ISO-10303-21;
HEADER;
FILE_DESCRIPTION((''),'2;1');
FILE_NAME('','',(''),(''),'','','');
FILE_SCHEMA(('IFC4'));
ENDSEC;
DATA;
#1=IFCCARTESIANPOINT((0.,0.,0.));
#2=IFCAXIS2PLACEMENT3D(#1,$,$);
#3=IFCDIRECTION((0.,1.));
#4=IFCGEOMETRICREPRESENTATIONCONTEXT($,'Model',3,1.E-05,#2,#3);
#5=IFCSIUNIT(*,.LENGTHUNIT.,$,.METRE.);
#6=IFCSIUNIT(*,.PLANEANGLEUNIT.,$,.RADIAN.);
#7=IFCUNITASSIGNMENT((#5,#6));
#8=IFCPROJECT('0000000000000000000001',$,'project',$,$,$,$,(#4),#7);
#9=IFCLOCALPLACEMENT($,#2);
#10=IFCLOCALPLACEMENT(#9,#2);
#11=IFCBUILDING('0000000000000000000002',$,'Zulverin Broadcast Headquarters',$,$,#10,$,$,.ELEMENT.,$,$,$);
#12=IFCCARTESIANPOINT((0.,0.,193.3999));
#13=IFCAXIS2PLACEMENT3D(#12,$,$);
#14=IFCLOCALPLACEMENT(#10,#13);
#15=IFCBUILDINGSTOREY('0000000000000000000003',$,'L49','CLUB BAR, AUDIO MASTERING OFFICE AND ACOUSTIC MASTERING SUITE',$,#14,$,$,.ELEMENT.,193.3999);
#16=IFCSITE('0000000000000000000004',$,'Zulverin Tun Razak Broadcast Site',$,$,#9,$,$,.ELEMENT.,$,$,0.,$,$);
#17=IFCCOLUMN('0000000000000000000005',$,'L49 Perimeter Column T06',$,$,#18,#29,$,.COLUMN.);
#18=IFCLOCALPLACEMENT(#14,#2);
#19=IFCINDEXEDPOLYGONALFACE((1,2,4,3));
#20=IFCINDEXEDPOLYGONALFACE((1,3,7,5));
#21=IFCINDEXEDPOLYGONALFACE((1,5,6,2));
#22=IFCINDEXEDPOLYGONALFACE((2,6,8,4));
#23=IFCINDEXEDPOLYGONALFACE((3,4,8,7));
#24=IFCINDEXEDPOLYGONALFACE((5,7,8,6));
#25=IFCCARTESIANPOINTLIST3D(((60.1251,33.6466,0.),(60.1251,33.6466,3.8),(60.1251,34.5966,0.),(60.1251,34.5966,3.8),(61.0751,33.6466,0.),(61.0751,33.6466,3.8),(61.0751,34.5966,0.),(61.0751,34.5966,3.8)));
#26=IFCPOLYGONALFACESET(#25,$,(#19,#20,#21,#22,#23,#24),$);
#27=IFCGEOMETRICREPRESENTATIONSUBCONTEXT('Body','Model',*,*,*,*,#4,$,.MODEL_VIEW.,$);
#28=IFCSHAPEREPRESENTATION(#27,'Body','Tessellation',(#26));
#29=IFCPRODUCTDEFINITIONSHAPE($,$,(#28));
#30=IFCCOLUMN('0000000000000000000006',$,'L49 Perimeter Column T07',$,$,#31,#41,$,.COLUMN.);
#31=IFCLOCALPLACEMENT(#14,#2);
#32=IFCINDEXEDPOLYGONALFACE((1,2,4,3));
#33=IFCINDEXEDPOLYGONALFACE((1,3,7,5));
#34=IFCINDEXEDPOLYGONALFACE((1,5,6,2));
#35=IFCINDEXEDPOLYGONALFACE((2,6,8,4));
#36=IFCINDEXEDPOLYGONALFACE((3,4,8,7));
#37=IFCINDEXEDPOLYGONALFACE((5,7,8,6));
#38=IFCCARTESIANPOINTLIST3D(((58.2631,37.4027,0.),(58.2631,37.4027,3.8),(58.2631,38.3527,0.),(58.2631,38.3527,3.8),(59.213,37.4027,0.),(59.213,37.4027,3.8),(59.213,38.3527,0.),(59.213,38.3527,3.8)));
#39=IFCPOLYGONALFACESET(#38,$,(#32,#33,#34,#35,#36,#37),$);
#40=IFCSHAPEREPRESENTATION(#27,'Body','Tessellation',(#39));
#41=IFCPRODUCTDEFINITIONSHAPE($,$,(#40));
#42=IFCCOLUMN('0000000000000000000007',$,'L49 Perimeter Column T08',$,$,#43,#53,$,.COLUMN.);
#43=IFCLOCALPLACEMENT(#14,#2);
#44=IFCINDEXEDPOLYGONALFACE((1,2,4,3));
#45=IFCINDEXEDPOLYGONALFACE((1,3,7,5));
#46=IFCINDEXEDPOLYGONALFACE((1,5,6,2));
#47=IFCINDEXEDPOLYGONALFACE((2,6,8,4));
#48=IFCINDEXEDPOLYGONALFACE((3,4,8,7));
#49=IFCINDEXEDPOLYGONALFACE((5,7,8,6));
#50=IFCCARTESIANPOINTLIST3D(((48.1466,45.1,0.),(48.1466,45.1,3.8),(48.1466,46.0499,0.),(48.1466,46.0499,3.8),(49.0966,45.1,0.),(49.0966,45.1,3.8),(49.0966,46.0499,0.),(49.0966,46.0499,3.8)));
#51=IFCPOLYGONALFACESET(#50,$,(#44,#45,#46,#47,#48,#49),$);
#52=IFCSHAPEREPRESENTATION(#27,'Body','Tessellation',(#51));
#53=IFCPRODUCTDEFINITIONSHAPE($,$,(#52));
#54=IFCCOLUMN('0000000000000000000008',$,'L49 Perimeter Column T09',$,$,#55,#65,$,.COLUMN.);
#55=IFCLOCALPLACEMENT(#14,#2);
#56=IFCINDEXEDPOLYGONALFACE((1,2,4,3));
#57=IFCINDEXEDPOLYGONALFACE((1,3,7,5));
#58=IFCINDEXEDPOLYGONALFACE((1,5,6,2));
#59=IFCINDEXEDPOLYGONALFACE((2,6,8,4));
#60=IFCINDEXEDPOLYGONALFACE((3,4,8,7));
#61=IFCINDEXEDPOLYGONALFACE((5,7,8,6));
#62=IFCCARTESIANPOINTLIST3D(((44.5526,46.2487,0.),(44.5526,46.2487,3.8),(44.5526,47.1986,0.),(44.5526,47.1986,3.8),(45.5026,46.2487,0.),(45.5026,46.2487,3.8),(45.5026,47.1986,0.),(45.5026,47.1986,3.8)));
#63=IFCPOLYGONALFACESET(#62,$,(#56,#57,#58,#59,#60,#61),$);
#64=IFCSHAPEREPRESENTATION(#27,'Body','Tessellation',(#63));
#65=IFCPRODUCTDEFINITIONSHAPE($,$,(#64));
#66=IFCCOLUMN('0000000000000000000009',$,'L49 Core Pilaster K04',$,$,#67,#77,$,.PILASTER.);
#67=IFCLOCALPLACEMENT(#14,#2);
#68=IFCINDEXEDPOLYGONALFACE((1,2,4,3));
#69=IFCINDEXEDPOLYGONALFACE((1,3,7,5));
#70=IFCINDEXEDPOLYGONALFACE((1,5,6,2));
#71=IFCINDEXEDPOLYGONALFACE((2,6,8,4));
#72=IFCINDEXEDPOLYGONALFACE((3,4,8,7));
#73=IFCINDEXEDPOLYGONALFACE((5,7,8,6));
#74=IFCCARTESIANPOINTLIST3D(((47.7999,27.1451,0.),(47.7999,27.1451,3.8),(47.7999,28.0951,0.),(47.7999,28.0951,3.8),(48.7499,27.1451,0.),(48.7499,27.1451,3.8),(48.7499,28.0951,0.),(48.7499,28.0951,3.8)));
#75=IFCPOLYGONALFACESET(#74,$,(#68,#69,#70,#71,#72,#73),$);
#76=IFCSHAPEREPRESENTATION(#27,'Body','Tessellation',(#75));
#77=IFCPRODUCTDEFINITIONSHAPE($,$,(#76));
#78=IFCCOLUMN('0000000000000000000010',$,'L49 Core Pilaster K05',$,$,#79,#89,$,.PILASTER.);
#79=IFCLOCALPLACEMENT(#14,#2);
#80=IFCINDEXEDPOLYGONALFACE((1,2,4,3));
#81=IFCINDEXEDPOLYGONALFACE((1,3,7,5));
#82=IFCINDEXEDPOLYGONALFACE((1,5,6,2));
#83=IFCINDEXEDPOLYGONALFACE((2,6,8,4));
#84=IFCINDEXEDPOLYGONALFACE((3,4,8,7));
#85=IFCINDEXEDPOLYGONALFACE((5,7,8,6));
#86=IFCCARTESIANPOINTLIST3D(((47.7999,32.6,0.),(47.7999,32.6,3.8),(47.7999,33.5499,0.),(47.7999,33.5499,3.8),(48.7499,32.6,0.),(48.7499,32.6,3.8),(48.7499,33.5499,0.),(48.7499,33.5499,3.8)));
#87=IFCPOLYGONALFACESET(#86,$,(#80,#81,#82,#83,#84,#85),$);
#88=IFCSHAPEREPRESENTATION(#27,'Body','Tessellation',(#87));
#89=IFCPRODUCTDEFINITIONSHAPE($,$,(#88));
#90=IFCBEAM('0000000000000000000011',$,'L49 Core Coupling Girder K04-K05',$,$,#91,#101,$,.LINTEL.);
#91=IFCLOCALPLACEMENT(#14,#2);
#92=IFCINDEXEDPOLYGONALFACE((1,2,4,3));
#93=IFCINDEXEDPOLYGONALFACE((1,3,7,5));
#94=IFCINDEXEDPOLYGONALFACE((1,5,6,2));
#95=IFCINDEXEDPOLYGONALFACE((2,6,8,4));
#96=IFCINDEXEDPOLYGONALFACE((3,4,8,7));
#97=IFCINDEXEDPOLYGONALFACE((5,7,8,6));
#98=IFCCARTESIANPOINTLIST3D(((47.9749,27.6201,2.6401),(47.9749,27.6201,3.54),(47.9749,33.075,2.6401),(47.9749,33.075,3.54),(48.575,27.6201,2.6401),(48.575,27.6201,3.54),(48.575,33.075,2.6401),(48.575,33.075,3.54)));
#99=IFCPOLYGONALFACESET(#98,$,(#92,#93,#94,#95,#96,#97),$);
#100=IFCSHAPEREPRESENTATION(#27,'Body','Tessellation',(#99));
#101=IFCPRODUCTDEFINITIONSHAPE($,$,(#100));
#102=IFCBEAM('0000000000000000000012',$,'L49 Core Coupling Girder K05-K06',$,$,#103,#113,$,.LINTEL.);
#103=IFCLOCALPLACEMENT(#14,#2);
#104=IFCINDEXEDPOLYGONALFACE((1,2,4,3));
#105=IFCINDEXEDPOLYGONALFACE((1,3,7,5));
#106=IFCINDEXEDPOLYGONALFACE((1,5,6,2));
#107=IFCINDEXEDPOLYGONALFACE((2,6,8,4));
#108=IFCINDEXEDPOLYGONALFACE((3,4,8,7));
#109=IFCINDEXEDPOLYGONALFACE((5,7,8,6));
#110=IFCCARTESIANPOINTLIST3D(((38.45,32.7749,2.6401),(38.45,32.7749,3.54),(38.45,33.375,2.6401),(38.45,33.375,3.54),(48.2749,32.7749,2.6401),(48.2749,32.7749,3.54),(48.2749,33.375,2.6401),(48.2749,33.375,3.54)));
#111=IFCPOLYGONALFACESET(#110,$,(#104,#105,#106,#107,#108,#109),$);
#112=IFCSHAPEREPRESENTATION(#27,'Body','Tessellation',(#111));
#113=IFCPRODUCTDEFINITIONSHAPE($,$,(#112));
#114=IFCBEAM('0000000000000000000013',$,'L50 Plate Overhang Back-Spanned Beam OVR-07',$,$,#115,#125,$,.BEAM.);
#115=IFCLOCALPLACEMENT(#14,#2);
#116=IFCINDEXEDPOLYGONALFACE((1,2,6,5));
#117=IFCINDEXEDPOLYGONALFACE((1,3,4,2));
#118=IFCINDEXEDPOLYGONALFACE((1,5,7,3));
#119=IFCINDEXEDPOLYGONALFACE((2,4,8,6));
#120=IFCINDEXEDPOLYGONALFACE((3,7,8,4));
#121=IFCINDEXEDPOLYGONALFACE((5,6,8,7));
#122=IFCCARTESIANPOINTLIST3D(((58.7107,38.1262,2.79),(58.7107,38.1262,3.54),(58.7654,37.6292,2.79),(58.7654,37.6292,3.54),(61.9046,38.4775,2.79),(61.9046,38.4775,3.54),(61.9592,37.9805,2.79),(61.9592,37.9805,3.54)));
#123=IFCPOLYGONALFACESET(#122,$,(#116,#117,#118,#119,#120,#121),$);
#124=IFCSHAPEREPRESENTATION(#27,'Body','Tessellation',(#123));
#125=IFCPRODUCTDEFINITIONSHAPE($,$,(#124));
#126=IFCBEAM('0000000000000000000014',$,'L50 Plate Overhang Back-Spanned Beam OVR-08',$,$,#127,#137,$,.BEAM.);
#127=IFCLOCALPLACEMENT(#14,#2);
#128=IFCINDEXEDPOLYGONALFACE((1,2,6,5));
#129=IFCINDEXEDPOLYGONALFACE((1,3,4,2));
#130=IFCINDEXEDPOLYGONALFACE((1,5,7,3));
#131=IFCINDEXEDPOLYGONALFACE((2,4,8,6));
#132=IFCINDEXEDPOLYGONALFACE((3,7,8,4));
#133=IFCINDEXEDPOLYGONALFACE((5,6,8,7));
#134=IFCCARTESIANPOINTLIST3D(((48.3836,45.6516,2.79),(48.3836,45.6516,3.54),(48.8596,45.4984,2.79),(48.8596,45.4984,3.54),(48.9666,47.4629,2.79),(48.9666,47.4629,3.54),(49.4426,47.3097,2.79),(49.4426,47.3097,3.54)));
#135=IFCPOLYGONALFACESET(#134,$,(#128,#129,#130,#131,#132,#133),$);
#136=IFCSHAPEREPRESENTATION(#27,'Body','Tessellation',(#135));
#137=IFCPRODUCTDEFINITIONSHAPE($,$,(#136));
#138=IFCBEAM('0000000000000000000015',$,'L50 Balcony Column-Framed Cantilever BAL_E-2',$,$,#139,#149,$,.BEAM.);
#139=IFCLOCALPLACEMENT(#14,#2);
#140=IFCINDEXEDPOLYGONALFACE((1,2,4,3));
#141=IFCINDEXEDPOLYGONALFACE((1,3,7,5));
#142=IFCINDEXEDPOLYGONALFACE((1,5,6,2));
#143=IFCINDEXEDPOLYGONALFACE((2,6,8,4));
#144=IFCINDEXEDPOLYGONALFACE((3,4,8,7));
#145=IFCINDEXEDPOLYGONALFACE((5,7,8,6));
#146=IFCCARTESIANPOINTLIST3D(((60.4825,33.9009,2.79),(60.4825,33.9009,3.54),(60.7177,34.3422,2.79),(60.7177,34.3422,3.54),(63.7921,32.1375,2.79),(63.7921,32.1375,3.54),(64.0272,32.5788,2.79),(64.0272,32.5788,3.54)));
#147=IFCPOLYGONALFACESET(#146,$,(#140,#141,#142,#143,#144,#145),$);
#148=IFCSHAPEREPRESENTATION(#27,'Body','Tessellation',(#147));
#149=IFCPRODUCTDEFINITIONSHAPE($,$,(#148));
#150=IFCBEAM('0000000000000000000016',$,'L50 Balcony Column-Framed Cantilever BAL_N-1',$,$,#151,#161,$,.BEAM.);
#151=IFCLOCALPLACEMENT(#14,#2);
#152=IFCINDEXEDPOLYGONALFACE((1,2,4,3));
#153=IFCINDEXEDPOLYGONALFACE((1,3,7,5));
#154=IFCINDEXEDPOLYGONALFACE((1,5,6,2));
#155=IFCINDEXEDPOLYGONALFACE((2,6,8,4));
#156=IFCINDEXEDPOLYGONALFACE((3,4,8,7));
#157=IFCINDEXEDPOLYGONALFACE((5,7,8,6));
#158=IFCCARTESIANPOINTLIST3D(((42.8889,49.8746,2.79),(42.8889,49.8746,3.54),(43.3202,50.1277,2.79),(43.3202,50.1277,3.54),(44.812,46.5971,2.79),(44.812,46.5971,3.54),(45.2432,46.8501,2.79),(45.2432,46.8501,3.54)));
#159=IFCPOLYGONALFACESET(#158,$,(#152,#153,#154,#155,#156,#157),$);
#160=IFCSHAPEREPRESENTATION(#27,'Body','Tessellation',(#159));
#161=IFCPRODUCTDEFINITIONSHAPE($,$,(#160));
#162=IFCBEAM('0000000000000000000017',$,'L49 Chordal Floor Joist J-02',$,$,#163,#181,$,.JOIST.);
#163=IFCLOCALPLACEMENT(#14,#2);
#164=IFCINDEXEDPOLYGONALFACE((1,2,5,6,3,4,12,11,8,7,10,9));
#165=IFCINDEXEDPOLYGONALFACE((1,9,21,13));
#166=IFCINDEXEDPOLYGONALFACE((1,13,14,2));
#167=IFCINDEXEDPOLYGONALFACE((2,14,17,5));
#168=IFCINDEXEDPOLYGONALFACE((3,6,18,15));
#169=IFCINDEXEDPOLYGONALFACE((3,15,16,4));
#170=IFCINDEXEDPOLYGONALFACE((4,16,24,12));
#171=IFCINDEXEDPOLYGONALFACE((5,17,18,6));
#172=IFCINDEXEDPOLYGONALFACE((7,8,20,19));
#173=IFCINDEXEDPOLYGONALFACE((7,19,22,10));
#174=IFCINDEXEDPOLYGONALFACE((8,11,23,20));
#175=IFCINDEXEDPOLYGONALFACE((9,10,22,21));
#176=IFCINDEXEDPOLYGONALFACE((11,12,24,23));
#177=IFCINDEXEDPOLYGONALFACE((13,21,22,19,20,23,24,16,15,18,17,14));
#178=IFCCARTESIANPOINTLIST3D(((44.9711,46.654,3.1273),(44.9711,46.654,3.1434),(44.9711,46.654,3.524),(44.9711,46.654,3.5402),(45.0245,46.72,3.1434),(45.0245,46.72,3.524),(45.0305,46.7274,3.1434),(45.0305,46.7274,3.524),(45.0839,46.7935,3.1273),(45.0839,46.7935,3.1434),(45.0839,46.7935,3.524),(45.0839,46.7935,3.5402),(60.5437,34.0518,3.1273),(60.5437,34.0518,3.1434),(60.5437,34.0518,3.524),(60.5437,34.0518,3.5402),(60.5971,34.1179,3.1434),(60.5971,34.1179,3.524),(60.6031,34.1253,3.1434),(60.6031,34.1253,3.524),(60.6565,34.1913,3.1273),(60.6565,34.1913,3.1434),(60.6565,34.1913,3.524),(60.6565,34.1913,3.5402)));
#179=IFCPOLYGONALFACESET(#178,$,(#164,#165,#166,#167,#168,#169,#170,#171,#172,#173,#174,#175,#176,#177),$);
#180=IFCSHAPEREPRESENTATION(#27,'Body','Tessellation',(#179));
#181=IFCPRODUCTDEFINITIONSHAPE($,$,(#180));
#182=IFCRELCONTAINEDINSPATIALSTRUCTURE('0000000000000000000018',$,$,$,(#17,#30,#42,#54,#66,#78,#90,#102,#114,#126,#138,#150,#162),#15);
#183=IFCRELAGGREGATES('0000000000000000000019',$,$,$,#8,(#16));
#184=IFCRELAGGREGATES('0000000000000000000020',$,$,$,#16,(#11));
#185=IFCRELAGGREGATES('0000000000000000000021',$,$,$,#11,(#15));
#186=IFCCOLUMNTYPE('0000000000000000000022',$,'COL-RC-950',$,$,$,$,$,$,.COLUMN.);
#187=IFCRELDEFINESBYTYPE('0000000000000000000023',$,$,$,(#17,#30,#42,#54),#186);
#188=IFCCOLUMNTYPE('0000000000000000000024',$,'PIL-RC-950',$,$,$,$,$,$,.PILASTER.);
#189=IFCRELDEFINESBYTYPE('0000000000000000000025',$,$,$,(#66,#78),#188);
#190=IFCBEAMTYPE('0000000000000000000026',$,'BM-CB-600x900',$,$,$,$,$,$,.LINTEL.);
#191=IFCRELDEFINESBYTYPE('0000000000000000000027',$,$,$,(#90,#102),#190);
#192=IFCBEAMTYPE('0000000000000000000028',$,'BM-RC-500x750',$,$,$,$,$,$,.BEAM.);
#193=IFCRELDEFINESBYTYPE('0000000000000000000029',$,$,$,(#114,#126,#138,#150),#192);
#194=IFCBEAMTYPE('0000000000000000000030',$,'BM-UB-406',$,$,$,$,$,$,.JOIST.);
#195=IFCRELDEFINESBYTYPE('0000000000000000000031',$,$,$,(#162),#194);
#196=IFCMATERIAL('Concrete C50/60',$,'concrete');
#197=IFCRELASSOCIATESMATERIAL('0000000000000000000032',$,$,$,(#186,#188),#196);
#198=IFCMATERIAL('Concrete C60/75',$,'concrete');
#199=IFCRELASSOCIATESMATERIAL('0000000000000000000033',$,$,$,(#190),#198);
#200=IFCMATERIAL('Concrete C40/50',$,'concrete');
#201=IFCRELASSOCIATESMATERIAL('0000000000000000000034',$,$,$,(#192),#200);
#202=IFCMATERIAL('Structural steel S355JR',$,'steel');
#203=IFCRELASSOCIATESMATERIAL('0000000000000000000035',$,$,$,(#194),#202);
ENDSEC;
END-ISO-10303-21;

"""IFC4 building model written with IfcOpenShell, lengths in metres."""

from ifc_helpers import new_model, si_unit, direction, frame, origin, origin_2d, place, context, subcontext, project, spatial, rectangle, i_section, extrude, material, material_profile, profile_set, type_object, element, save


model = new_model("IFC4")

# Units and contexts
model_context = context("Model", 3, precision=1e-05, world=origin(), true_north=direction((0.0, 1.0)))
body_context = subcontext(model_context, "Body", "Model", "MODEL_VIEW")
ifc_project = project(units=[si_unit("LENGTHUNIT", "METRE"), si_unit("PLANEANGLEUNIT", "RADIAN")], contexts=[model_context])

# Site, building, storey
site_placement = place(None, origin())
site = spatial("IfcSite", under=ifc_project, at=site_placement, Name="Zulverin Tun Razak Broadcast Site", CompositionType="ELEMENT", RefElevation=0.0)
building_placement = place(site_placement, origin())
building = spatial("IfcBuilding", under=site, at=building_placement, Name="Zulverin Broadcast Headquarters", CompositionType="ELEMENT")
storey_placement = place(building_placement, frame((0.0, 0.0, 193.3999)))
storey = spatial("IfcBuildingStorey", under=building, at=storey_placement, Name="L49", Description="CLUB BAR, AUDIO MASTERING OFFICE AND ACOUSTIC MASTERING SUITE", CompositionType="ELEMENT", Elevation=193.3999)

# Columns
ifc_material_1 = material(Name="Concrete C50/60", Category="concrete")
ifc_material_profile_1 = material_profile(ifc_material_1, rectangle(XDim=0.95, YDim=0.95, at=origin_2d()), Name="Concrete C50/60", Category="concrete")
ifc_profile_set_1 = profile_set([ifc_material_profile_1], Name="Concrete C50/60")
column_type_1 = type_object("IfcColumnType", Name="COL-RC-950", PredefinedType="COLUMN", material=ifc_profile_set_1)
for number, where, z_axis, x_axis, name in (
    (1, (60.6001, 34.1216, 0.0), (0.0, 0.0, 1.0), (1.0, 0.0, 0.0), "L49 Perimeter Column T06"),
    (2, (58.738, 37.8777, 0.0), (0.0, 0.0, 1.0), (1.0, 0.0, 0.0), "L49 Perimeter Column T07"),
    (3, (48.6216, 45.575, 0.0), (0.0, 0.0, 1.0), (1.0, 0.0, 0.0), "L49 Perimeter Column T08"),
    (4, (45.0276, 46.7236, 0.0), (0.0, 0.0, 1.0), (1.0, 0.0, 0.0), "L49 Perimeter Column T09"),
):
    element("IfcColumn", number, at=place(storey_placement, frame(where, z_axis=z_axis, x_axis=x_axis)), inside=storey, type_object=column_type_1, Name=name, PredefinedType="COLUMN", context=body_context, shape_type="SweptSolid", body=[
        extrude(rectangle(XDim=0.95, YDim=0.95, at=origin_2d()), origin(), (0.0, 0.0, 1.0), 3.8),
    ])
ifc_material_profile_2 = material_profile(ifc_material_1, rectangle(XDim=0.95, YDim=0.95, at=origin_2d()), Name="Concrete C50/60", Category="concrete")
ifc_profile_set_2 = profile_set([ifc_material_profile_2], Name="Concrete C50/60")
column_type_2 = type_object("IfcColumnType", Name="PIL-RC-950", PredefinedType="PILASTER", material=ifc_profile_set_2)
for number, where, z_axis, x_axis, name in (
    (5, (48.2749, 27.6201, 0.0), (0.0, 0.0, 1.0), (1.0, 0.0, 0.0), "L49 Core Pilaster K04"),
    (6, (48.2749, 33.075, 0.0), (0.0, 0.0, 1.0), (1.0, 0.0, 0.0), "L49 Core Pilaster K05"),
):
    element("IfcColumn", number, at=place(storey_placement, frame(where, z_axis=z_axis, x_axis=x_axis)), inside=storey, type_object=column_type_2, Name=name, PredefinedType="PILASTER", context=body_context, shape_type="SweptSolid", body=[
        extrude(rectangle(XDim=0.95, YDim=0.95, at=origin_2d()), origin(), (0.0, 0.0, 1.0), 3.8),
    ])

# Beams
ifc_material_2 = material(Name="Concrete C60/75", Category="concrete")
ifc_material_profile_3 = material_profile(ifc_material_2, rectangle(XDim=0.6001, YDim=0.8999, at=origin_2d()), Name="Concrete C60/75", Category="concrete")
ifc_profile_set_3 = profile_set([ifc_material_profile_3], Name="Concrete C60/75")
beam_type_1 = type_object("IfcBeamType", Name="BM-CB-600x900", PredefinedType="LINTEL", material=ifc_profile_set_3)
beam_1_placement = place(storey_placement, frame((48.2749, 27.6201, 3.0901), z_axis=(0.0, 1.0, 0.0), x_axis=(-1.0, 0.0, 0.0)))
element("IfcBeam", 7, at=beam_1_placement, inside=storey, type_object=beam_type_1, Name="L49 Core Coupling Girder K04-K05", PredefinedType="LINTEL", context=body_context, shape_type="SweptSolid", body=[
    extrude(rectangle(XDim=0.6001, YDim=0.8999, at=origin_2d()), origin(), (0.0, 0.0, 1.0), 5.4548),
])
beam_2_placement = place(storey_placement, frame((48.2749, 33.075, 3.0901), z_axis=(-1.0, 0.0, 0.0), x_axis=(0.0, -1.0, 0.0)))
element("IfcBeam", 8, at=beam_2_placement, inside=storey, type_object=beam_type_1, Name="L49 Core Coupling Girder K05-K06", PredefinedType="LINTEL", context=body_context, shape_type="SweptSolid", body=[
    extrude(rectangle(XDim=0.6001, YDim=0.8999, at=origin_2d()), origin(), (0.0, 0.0, 1.0), 9.825),
])
ifc_material_3 = material(Name="Concrete C40/50", Category="concrete")
ifc_material_profile_4 = material_profile(ifc_material_3, rectangle(XDim=0.5, YDim=0.75, at=origin_2d()), Name="Concrete C40/50", Category="concrete")
ifc_profile_set_4 = profile_set([ifc_material_profile_4], Name="Concrete C40/50")
beam_type_2 = type_object("IfcBeamType", Name="BM-RC-500x750", PredefinedType="BEAM", material=ifc_profile_set_4)
beam_3_placement = place(storey_placement, frame((58.738, 37.8777, 3.165), z_axis=(0.994005, 0.109339, 0.0), x_axis=(-0.109339, 0.994005, 0.0)))
element("IfcBeam", 9, at=beam_3_placement, inside=storey, type_object=beam_type_2, Name="L50 Plate Overhang Back-Spanned Beam OVR-07", PredefinedType="BEAM", context=body_context, shape_type="SweptSolid", body=[
    extrude(rectangle(XDim=0.5, YDim=0.75, at=origin_2d()), origin(), (0.0, 0.0, 1.0), 3.2131),
])
beam_4_placement = place(storey_placement, frame((48.6216, 45.575, 3.165), z_axis=(0.306395, 0.951904, 0.0), x_axis=(-0.951904, 0.306395, 0.0)))
element("IfcBeam", 10, at=beam_4_placement, inside=storey, type_object=beam_type_2, Name="L50 Plate Overhang Back-Spanned Beam OVR-08", PredefinedType="BEAM", context=body_context, shape_type="SweptSolid", body=[
    extrude(rectangle(XDim=0.5, YDim=0.75, at=origin_2d()), origin(), (0.0, 0.0, 1.0), 1.9028),
])
beam_5_placement = place(storey_placement, frame((60.6001, 34.1216, 3.165), z_axis=(0.882538, -0.47024, 0.0), x_axis=(0.47024, 0.882538, 0.0)))
element("IfcBeam", 11, at=beam_5_placement, inside=storey, type_object=beam_type_2, Name="L50 Balcony Column-Framed Cantilever BAL_E-2", PredefinedType="BEAM", context=body_context, shape_type="SweptSolid", body=[
    extrude(rectangle(XDim=0.5, YDim=0.75, at=origin_2d()), origin(), (0.0, 0.0, 1.0), 3.75),
])
beam_6_placement = place(storey_placement, frame((45.0276, 46.7236, 3.165), z_axis=(-0.506062, 0.862497, 0.0), x_axis=(-0.862497, -0.506062, 0.0)))
element("IfcBeam", 12, at=beam_6_placement, inside=storey, type_object=beam_type_2, Name="L50 Balcony Column-Framed Cantilever BAL_N-1", PredefinedType="BEAM", context=body_context, shape_type="SweptSolid", body=[
    extrude(rectangle(XDim=0.5, YDim=0.75, at=origin_2d()), origin(), (0.0, 0.0, 1.0), 3.8),
])
ifc_material_4 = material(Name="Structural steel S355JR", Category="steel")
ifc_material_profile_5 = material_profile(ifc_material_4, i_section(OverallWidth=0.1794, OverallDepth=0.4128, WebThickness=0.0095, FlangeThickness=0.0161, at=origin_2d()), Name="Structural steel S355JR", Category="steel")
ifc_profile_set_5 = profile_set([ifc_material_profile_5], Name="Structural steel S355JR")
beam_type_3 = type_object("IfcBeamType", Name="BM-UB-406", PredefinedType="JOIST", material=ifc_profile_set_5)
beam_7_placement = place(storey_placement, frame((60.6001, 34.1216, 3.3337), z_axis=(-0.777349, 0.62907, 0.0), x_axis=(-0.62907, -0.777349, 0.0)))
element("IfcBeam", 13, at=beam_7_placement, inside=storey, type_object=beam_type_3, Name="L49 Chordal Floor Joist J-02", PredefinedType="JOIST", context=body_context, shape_type="SweptSolid", body=[
    extrude(i_section(OverallWidth=0.1794, OverallDepth=0.4128, WebThickness=0.0095, FlangeThickness=0.0161, at=origin_2d()), origin(), (0.0, 0.0, 1.0), 20.033),
])

save(model, "model.ifc")
